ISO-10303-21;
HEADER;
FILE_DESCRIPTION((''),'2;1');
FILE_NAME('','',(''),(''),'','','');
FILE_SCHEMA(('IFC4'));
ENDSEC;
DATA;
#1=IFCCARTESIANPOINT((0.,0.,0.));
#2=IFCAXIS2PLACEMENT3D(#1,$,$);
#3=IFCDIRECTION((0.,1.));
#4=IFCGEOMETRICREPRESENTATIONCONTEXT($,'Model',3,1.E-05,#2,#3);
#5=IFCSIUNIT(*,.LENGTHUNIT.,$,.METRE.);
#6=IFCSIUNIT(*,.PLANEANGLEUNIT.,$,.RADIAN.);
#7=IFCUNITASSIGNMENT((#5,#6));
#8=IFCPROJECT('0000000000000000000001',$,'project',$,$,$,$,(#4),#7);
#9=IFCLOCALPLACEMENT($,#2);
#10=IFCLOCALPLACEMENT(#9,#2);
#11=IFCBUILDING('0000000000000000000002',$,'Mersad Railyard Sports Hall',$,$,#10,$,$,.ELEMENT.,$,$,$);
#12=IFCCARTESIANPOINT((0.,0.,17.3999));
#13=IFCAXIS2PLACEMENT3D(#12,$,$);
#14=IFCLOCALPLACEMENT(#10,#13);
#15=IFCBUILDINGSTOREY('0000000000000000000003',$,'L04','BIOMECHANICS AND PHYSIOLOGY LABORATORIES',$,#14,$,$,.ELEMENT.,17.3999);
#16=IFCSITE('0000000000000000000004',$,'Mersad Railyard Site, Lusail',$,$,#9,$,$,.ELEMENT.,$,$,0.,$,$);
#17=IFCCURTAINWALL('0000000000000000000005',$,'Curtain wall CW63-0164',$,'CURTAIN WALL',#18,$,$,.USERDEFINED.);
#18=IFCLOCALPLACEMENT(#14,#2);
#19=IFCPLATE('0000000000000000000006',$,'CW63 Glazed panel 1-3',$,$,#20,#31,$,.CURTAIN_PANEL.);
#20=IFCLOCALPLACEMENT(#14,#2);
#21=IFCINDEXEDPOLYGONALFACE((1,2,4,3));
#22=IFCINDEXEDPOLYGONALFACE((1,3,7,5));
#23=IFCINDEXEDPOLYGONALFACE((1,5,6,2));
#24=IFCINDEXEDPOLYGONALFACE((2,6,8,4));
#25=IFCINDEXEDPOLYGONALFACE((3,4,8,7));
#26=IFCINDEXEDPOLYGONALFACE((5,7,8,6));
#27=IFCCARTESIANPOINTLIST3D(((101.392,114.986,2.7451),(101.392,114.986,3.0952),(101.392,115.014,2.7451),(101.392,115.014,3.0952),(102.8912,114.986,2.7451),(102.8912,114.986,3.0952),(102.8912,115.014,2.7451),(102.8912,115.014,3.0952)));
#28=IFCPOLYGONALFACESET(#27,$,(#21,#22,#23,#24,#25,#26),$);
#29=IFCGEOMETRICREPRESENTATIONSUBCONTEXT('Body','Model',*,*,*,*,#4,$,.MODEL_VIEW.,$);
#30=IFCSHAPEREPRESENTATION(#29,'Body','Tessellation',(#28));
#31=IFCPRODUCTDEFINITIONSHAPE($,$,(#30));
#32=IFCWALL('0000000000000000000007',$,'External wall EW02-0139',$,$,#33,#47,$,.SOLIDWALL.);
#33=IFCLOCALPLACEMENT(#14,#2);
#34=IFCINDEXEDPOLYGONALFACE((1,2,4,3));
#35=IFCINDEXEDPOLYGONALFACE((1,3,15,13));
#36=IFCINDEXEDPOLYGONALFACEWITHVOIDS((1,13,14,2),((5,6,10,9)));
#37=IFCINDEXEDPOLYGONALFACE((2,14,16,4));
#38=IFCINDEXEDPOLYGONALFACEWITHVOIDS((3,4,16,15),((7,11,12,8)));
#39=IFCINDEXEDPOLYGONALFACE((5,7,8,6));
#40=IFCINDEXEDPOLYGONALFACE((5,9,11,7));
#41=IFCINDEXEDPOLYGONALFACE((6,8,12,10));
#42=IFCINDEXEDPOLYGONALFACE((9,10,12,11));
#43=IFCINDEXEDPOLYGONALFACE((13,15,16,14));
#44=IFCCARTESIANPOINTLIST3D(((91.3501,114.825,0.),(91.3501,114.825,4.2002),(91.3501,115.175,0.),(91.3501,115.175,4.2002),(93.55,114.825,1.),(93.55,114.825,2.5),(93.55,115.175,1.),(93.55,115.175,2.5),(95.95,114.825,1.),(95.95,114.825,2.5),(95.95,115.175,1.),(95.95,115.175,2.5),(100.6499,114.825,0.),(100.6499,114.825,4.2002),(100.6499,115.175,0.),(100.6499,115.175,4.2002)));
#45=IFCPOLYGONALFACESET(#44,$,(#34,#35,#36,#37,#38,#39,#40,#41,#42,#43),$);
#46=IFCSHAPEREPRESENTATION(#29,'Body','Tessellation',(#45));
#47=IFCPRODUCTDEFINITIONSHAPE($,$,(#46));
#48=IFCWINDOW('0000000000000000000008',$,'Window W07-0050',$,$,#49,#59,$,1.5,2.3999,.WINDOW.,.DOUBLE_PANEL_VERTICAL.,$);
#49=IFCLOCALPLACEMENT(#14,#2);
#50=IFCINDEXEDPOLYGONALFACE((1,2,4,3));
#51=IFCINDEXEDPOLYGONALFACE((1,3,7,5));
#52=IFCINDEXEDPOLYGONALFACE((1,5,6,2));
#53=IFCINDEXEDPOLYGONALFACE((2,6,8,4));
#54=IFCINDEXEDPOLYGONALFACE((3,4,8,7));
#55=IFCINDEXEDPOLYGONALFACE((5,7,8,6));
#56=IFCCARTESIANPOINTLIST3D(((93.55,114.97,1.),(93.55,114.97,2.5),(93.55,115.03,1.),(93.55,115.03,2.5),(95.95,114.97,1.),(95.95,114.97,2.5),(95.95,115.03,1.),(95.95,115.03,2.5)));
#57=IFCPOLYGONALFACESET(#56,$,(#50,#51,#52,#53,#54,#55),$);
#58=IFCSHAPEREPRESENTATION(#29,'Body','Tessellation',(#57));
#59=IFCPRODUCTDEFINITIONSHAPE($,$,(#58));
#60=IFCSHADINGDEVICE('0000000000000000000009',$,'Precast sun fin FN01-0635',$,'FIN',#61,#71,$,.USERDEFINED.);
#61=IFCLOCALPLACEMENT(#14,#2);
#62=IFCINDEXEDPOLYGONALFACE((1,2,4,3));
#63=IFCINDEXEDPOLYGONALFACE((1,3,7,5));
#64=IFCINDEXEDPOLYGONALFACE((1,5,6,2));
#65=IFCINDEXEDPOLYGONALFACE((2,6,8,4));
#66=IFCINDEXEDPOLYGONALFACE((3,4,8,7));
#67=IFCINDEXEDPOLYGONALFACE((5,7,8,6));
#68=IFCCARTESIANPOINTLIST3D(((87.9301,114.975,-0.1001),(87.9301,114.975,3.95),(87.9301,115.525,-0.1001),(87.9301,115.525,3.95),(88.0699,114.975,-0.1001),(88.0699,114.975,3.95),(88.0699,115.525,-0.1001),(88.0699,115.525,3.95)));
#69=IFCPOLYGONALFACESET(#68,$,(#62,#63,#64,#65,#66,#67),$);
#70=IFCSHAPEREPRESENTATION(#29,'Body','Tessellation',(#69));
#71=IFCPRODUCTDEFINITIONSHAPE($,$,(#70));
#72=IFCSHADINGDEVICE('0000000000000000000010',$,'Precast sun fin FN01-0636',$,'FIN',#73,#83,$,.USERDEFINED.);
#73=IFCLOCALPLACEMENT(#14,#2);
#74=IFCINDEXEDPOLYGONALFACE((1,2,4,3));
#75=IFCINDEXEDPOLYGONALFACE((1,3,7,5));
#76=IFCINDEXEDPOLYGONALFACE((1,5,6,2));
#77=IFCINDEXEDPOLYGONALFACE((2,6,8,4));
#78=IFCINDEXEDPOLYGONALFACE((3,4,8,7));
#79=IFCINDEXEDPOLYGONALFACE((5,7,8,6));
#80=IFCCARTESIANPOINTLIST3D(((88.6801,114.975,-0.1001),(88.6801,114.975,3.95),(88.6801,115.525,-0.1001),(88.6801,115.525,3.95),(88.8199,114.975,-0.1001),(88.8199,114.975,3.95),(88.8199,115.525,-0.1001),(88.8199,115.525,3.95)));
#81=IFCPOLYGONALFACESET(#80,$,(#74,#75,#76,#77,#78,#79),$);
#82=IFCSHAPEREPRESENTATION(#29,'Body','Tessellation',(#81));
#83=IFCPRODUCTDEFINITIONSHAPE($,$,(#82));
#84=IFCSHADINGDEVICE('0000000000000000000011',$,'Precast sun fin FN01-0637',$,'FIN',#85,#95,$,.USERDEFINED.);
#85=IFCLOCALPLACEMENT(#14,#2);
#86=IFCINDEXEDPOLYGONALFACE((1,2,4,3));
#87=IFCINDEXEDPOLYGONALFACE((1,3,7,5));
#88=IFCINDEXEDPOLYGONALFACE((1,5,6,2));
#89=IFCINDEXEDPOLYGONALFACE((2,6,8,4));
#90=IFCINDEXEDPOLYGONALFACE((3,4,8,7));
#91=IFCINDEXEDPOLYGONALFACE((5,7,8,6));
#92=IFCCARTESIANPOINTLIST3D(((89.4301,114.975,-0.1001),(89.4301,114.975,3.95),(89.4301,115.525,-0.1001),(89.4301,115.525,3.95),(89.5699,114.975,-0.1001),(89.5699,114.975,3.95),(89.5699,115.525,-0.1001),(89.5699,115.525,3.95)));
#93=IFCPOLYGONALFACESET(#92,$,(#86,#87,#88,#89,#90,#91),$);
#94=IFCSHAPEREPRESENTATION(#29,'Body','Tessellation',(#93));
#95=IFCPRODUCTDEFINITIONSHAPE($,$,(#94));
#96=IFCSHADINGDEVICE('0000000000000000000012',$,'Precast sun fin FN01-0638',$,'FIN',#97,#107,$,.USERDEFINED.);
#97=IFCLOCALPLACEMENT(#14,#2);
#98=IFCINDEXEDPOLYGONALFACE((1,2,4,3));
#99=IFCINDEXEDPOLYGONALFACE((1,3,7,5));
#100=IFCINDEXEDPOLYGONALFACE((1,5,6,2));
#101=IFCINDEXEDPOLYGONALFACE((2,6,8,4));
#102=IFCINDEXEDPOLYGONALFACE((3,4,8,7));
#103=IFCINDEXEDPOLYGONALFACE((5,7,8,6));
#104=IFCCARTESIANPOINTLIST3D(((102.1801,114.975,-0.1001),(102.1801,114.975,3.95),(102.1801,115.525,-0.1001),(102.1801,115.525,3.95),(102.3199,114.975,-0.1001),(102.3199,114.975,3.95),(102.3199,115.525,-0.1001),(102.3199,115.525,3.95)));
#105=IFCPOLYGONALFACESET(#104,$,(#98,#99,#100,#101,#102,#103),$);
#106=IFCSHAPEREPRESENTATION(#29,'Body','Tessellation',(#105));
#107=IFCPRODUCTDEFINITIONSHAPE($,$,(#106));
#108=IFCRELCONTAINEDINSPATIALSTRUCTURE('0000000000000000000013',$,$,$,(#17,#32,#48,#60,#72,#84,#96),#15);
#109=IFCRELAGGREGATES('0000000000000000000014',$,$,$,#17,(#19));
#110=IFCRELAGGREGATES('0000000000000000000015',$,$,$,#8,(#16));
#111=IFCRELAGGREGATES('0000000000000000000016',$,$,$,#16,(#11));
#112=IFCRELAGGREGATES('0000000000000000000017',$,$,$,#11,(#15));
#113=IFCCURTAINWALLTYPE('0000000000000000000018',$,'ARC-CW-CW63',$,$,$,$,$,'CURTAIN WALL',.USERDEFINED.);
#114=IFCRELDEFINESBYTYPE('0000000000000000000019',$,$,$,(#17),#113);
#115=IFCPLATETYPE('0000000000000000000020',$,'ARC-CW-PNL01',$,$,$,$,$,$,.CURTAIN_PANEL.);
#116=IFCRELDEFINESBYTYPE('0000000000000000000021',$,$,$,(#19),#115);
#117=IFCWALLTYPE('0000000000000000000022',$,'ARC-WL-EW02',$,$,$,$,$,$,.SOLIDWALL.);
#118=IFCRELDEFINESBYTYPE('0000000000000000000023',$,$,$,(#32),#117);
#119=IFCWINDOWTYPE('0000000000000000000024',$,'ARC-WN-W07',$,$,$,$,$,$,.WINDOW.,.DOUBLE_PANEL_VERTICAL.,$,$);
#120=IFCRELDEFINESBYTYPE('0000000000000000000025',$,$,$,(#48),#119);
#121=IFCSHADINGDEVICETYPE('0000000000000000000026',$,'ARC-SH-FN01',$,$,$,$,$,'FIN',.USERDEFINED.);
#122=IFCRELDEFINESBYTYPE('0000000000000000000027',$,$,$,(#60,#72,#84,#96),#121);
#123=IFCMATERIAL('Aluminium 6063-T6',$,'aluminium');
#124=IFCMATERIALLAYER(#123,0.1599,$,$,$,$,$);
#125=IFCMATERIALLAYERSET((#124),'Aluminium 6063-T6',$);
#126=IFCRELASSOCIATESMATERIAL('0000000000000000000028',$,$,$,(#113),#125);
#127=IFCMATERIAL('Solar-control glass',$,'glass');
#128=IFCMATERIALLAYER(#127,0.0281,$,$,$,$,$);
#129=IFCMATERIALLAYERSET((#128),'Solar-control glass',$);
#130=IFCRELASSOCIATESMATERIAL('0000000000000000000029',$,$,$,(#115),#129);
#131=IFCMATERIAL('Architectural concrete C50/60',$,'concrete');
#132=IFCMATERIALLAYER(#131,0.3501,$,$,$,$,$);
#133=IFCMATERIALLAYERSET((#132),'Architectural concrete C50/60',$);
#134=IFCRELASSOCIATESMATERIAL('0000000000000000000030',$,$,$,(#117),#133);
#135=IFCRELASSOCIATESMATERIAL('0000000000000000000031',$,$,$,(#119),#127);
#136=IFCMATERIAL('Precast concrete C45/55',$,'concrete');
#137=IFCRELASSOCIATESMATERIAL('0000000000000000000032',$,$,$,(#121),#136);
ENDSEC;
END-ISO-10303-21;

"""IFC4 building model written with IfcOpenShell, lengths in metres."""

from ifc_helpers import new_model, si_unit, direction, frame, frame_2d, origin, origin_2d, place, context, subcontext, project, spatial, rectangle, extrude, material, layer, layer_set, type_object, element, fill, aggregate, save


model = new_model("IFC4")

# Units and contexts
model_context = context("Model", 3, precision=1e-05, world=origin(), true_north=direction((0.0, 1.0)))
body_context = subcontext(model_context, "Body", "Model", "MODEL_VIEW")
ifc_project = project(units=[si_unit("LENGTHUNIT", "METRE"), si_unit("PLANEANGLEUNIT", "RADIAN")], contexts=[model_context])

# Site, building, storey
site_placement = place(None, origin())
site = spatial("IfcSite", under=ifc_project, at=site_placement, Name="Mersad Railyard Site, Lusail", CompositionType="ELEMENT", RefElevation=0.0)
building_placement = place(site_placement, origin())
building = spatial("IfcBuilding", under=site, at=building_placement, Name="Mersad Railyard Sports Hall", CompositionType="ELEMENT")
storey_placement = place(building_placement, frame((0.0, 0.0, 17.3999)))
storey = spatial("IfcBuildingStorey", under=building, at=storey_placement, Name="L04", Description="BIOMECHANICS AND PHYSIOLOGY LABORATORIES", CompositionType="ELEMENT", Elevation=17.3999)

# Shared definitions
ifc_material_1 = material(Name="Aluminium 6063-T6", Category="aluminium")

# Curtain wall
ifc_layer_1 = layer(ifc_material_1, 0.1599)
ifc_layer_set_1 = layer_set([ifc_layer_1], Name="Aluminium 6063-T6")
curtain_wall_type_1 = type_object("IfcCurtainWallType", Name="ARC-CW-CW63", ElementType="CURTAIN WALL", PredefinedType="USERDEFINED", material=ifc_layer_set_1)
curtain_wall_1_placement = place(storey_placement, origin())
curtain_wall_1 = element("IfcCurtainWall", 1, at=curtain_wall_1_placement, inside=storey, type_object=curtain_wall_type_1, Name="Curtain wall CW63-0164", ObjectType="CURTAIN WALL", PredefinedType="USERDEFINED")

# Plate
ifc_material_2 = material(Name="Solar-control glass", Category="glass")
ifc_layer_2 = layer(ifc_material_2, 0.0281)
ifc_layer_set_2 = layer_set([ifc_layer_2], Name="Solar-control glass")
plate_type = type_object("IfcPlateType", Name="ARC-CW-PNL01", PredefinedType="CURTAIN_PANEL", material=ifc_layer_set_2)
plate_1_placement = place(storey_placement, frame((102.1416, 115.0, 2.7451), z_axis=(0.0, 0.0, 1.0), x_axis=(1.0, 0.0, 0.0)))
plate_1 = element("IfcPlate", 2, at=plate_1_placement, type_object=plate_type, Name="CW63 Glazed panel 1-3", PredefinedType="CURTAIN_PANEL", context=body_context, shape_type="SweptSolid", body=[
    extrude(rectangle(XDim=1.4993, YDim=0.0281, at=origin_2d()), origin(), (0.0, 0.0, 1.0), 0.3501),
])
aggregate(curtain_wall_1, [plate_1])

# Wall, opening, window
ifc_material_3 = material(Name="Architectural concrete C50/60", Category="concrete")
ifc_layer_3 = layer(ifc_material_3, 0.3501)
ifc_layer_set_3 = layer_set([ifc_layer_3], Name="Architectural concrete C50/60")
wall_type = type_object("IfcWallType", Name="ARC-WL-EW02", PredefinedType="SOLIDWALL", material=ifc_layer_set_3)
wall_placement = place(storey_placement, frame((91.3501, 115.0, 0.0), z_axis=(0.0, 0.0, 1.0), x_axis=(1.0, 0.0, 0.0)))
wall = element("IfcWall", 3, at=wall_placement, inside=storey, type_object=wall_type, Name="External wall EW02-0139", PredefinedType="SOLIDWALL", context=body_context, shape_type="SweptSolid", body=[
    extrude(rectangle(XDim=9.2998, YDim=0.3501, at=frame_2d((4.6499, 0.0))), origin(), (0.0, 0.0, 1.0), 4.2002),
])
opening_placement = place(wall_placement, frame((2.2, 0.0, 1.0)))
opening = element("IfcOpeningElement", 4, at=opening_placement, cuts=wall, PredefinedType="OPENING", context=body_context, shape_type="SweptSolid", body=[
    extrude(rectangle(XDim=2.3999, YDim=1.5, at=frame_2d((1.2, 0.75))), frame((0.0, 0.1851, 0.0), z_axis=(0.0, -1.0, 0.0), x_axis=(1.0, 0.0, 0.0)), (0.0, 0.0, 1.0), 0.3701),
])
window_type = type_object("IfcWindowType", Name="ARC-WN-W07", PartitioningType="DOUBLE_PANEL_VERTICAL", PredefinedType="WINDOW", material=ifc_material_2)
window_placement = place(opening_placement, origin())
window = element("IfcWindow", 5, at=window_placement, inside=storey, type_object=window_type, Name="Window W07-0050", OverallHeight=1.5, OverallWidth=2.3999, PartitioningType="DOUBLE_PANEL_VERTICAL", PredefinedType="WINDOW", context=body_context, shape_type="SweptSolid", body=[
    extrude(rectangle(XDim=2.3999, YDim=1.5, at=frame_2d((1.2, 0.75))), frame((0.0, 0.03, 0.0), z_axis=(0.0, -1.0, 0.0), x_axis=(1.0, 0.0, 0.0)), (0.0, 0.0, 1.0), 0.0601),
])
fill(opening, window)

# Shading devices
ifc_material_4 = material(Name="Precast concrete C45/55", Category="concrete")
shading_device_type = type_object("IfcShadingDeviceType", Name="ARC-SH-FN01", ElementType="FIN", PredefinedType="USERDEFINED", material=ifc_material_4)
for number, where, z_axis, x_axis, name in (
    (6, (88.0, 115.25, -0.1001), (0.0, 0.0, 1.0), (1.0, 0.0, 0.0), "Precast sun fin FN01-0635"),
    (7, (88.75, 115.25, -0.1001), (0.0, 0.0, 1.0), (1.0, 0.0, 0.0), "Precast sun fin FN01-0636"),
    (8, (89.5, 115.25, -0.1001), (0.0, 0.0, 1.0), (1.0, 0.0, 0.0), "Precast sun fin FN01-0637"),
    (9, (102.25, 115.25, -0.1001), (0.0, 0.0, 1.0), (1.0, 0.0, 0.0), "Precast sun fin FN01-0638"),
):
    element("IfcShadingDevice", number, at=place(storey_placement, frame(where, z_axis=z_axis, x_axis=x_axis)), inside=storey, type_object=shading_device_type, Name=name, ObjectType="FIN", PredefinedType="USERDEFINED", context=body_context, shape_type="SweptSolid", body=[
        extrude(rectangle(XDim=0.1399, YDim=0.55, at=origin_2d()), origin(), (0.0, 0.0, 1.0), 4.05),
    ])

save(model, "model.ifc")
